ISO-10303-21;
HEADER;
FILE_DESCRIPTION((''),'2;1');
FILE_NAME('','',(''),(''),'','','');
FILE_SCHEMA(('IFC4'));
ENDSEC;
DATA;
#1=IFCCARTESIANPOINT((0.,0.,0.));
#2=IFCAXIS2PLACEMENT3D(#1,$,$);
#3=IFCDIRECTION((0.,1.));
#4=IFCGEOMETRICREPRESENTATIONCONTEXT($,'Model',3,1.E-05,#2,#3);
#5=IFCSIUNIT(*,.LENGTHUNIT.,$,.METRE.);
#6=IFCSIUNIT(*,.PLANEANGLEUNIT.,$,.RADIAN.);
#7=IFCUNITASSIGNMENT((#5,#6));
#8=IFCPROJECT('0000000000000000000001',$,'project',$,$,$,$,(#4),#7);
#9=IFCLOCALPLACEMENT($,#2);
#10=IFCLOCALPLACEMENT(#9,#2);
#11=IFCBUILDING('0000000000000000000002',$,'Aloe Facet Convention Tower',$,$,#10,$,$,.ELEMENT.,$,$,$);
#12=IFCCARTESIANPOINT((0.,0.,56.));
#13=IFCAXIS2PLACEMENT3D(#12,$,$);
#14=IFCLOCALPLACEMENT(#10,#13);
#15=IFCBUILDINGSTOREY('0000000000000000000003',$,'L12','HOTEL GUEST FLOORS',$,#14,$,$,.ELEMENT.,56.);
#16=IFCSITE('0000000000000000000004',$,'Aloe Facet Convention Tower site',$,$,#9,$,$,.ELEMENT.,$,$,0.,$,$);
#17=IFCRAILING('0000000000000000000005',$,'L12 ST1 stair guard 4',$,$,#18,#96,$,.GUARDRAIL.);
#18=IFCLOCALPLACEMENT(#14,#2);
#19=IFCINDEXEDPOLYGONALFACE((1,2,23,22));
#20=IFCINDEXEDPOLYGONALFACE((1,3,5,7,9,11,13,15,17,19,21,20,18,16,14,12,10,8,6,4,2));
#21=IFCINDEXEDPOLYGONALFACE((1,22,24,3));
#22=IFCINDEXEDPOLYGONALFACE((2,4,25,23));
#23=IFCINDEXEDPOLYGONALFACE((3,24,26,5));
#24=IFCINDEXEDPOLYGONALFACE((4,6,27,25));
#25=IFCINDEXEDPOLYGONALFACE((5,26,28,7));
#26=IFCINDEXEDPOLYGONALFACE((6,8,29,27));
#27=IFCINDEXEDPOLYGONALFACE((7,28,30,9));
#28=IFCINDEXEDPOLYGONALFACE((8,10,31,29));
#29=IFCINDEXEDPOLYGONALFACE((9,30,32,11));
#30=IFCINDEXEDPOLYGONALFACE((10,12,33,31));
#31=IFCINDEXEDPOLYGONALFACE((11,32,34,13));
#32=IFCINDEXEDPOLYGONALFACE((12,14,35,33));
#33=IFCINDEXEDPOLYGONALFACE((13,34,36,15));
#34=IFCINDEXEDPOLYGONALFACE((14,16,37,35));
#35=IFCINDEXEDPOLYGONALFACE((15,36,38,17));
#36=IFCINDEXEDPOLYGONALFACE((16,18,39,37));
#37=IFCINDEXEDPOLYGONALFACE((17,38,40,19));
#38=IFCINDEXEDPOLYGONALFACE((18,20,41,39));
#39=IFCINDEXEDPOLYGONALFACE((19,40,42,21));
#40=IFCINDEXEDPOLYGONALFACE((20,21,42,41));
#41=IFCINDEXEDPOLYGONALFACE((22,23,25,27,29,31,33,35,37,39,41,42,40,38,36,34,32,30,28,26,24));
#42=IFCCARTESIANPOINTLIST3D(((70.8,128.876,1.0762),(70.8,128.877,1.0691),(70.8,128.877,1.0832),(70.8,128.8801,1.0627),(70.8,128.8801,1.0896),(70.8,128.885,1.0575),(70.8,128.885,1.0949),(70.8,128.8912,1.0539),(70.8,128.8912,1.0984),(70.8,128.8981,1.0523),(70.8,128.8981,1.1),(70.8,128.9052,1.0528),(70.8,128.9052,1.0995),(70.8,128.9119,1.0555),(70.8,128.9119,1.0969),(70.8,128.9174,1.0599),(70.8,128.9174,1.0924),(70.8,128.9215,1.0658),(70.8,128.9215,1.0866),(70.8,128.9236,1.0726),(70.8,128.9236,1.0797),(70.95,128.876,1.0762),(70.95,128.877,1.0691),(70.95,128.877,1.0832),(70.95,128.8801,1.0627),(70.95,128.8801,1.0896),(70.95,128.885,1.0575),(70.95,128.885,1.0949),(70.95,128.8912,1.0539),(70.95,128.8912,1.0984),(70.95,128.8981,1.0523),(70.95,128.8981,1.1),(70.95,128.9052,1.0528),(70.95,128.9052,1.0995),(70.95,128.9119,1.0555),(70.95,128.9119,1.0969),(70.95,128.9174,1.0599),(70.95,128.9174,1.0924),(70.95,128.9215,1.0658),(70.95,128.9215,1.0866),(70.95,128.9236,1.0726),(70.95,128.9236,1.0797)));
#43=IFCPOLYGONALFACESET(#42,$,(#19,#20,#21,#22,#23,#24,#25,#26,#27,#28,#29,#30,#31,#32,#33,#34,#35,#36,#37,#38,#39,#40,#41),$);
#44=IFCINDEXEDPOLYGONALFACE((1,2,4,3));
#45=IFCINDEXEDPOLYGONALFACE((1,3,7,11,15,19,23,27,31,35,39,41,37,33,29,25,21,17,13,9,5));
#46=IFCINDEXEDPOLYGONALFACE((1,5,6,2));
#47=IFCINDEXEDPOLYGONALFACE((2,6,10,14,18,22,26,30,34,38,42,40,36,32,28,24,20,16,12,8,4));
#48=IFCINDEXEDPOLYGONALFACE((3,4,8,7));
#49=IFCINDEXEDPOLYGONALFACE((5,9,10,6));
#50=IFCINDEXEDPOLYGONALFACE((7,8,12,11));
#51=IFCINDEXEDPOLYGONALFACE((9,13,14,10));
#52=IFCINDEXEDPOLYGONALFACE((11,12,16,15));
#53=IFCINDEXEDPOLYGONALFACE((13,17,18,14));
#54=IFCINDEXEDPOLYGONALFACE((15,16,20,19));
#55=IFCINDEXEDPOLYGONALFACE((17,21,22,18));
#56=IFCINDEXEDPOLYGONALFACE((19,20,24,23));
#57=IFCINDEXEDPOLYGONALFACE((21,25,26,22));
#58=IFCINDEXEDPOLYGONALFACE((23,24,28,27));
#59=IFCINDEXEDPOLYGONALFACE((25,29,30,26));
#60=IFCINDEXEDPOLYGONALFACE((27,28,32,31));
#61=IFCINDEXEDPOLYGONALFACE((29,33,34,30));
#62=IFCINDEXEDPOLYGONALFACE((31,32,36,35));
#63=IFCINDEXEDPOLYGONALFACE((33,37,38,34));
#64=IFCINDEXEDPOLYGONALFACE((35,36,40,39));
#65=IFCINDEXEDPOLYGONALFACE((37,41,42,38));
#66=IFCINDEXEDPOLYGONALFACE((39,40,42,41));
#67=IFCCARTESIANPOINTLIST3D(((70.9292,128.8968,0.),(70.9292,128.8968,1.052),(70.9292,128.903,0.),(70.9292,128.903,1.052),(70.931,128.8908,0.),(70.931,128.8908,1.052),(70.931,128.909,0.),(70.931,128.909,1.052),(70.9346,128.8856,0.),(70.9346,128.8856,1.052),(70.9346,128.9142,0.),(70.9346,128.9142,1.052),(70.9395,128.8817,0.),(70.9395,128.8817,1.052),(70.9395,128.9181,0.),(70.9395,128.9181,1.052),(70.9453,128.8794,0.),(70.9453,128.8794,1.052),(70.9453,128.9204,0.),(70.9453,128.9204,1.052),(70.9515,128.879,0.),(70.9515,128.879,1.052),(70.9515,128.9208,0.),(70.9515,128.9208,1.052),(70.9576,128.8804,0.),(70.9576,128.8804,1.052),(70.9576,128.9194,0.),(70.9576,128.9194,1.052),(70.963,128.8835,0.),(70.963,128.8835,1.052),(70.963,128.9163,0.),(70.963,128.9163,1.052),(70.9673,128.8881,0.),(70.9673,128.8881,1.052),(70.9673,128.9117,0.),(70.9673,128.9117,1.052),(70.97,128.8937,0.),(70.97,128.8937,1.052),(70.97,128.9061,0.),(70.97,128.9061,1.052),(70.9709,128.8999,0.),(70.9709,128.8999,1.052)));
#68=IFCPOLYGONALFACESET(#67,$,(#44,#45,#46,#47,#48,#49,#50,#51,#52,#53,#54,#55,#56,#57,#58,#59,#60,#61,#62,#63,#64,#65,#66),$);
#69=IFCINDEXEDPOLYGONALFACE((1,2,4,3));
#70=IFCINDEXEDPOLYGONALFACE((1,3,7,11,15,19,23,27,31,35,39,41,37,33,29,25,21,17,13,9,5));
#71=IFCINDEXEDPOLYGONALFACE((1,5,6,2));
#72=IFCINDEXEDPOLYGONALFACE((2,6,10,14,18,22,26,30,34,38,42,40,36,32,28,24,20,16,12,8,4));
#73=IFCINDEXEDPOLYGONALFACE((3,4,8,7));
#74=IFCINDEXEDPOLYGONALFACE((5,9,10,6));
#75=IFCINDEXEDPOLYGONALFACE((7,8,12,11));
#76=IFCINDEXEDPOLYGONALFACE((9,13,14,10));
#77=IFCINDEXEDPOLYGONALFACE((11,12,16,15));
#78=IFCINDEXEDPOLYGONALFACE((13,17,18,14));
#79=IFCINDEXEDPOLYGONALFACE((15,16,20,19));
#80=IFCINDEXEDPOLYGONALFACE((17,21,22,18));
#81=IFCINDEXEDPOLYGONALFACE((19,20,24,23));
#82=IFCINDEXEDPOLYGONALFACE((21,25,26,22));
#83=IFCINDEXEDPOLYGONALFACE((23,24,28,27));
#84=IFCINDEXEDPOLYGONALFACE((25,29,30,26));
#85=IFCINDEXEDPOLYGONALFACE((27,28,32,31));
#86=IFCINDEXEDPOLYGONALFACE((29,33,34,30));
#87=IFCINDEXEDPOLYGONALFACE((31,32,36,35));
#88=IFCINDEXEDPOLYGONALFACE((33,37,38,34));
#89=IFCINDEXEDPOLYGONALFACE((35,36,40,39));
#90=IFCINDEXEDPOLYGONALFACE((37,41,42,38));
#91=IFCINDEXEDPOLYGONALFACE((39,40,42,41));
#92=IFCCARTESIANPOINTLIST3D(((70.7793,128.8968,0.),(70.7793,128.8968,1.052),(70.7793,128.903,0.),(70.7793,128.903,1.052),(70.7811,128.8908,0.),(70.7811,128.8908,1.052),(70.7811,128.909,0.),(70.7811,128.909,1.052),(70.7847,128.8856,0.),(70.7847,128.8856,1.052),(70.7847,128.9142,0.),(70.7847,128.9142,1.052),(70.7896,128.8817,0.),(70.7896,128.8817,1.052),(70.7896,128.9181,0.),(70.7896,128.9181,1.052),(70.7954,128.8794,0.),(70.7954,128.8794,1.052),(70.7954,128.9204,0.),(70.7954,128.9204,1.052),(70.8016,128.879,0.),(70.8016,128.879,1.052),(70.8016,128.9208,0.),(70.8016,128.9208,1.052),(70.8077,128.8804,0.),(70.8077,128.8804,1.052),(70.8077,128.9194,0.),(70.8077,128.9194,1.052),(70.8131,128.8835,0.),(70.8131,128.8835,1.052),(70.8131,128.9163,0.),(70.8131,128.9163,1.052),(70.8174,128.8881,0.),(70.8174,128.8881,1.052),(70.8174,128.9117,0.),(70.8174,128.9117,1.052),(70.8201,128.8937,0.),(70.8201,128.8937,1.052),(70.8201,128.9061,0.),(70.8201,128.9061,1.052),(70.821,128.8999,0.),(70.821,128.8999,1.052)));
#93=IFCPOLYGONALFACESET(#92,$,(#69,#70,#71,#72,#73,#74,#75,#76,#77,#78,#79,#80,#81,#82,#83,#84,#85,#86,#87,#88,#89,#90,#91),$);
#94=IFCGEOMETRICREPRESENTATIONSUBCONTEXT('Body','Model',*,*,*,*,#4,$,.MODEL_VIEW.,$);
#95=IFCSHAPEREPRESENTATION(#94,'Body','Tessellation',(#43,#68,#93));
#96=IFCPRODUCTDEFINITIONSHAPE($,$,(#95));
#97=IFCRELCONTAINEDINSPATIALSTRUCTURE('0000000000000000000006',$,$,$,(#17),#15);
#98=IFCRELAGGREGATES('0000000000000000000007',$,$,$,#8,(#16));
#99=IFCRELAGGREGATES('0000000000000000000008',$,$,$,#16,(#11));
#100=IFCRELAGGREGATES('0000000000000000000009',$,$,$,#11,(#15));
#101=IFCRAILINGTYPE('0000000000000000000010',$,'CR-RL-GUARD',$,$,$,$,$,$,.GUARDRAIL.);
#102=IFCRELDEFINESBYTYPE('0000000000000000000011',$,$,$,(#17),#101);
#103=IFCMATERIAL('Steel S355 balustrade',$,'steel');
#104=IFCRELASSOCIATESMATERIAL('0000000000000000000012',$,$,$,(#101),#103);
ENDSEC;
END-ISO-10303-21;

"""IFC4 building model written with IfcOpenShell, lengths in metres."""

from ifc_helpers import new_model, si_unit, direction, frame, origin, origin_2d, place, context, subcontext, project, spatial, circle, extrude, material, type_object, element, save


model = new_model("IFC4")

# Units and contexts
model_context = context("Model", 3, precision=1e-05, world=origin(), true_north=direction((0.0, 1.0)))
body_context = subcontext(model_context, "Body", "Model", "MODEL_VIEW")
ifc_project = project(units=[si_unit("LENGTHUNIT", "METRE"), si_unit("PLANEANGLEUNIT", "RADIAN")], contexts=[model_context])

# Site, building, storey
site_placement = place(None, origin())
site = spatial("IfcSite", under=ifc_project, at=site_placement, Name="Aloe Facet Convention Tower site", CompositionType="ELEMENT", RefElevation=0.0)
building_placement = place(site_placement, origin())
building = spatial("IfcBuilding", under=site, at=building_placement, Name="Aloe Facet Convention Tower", CompositionType="ELEMENT")
storey_placement = place(building_placement, frame((0.0, 0.0, 56.0)))
storey = spatial("IfcBuildingStorey", under=building, at=storey_placement, Name="L12", Description="HOTEL GUEST FLOORS", CompositionType="ELEMENT", Elevation=56.0)

# Railing
ifc_material_1 = material(Name="Steel S355 balustrade", Category="steel")
railing_type_1 = type_object("IfcRailingType", Name="CR-RL-GUARD", PredefinedType="GUARDRAIL", material=ifc_material_1)
railing_1_placement = place(storey_placement, frame((70.95, 128.8999, 0.0)))
element("IfcRailing", 1, at=railing_1_placement, inside=storey, type_object=railing_type_1, Name="L12 ST1 stair guard 4", PredefinedType="GUARDRAIL", context=body_context, shape_type="SweptSolid", body=[
    extrude(circle(Radius=0.0239, at=origin_2d()), frame((0.0, 0.0, 1.0762), z_axis=(-1.0, 0.0, 0.0), x_axis=(0.0, -1.0, 0.0)), (0.0, 0.0, 1.0), 0.1499),
    extrude(circle(Radius=0.021, at=origin_2d()), origin(), (0.0, 0.0, 1.0), 1.052),
    extrude(circle(Radius=0.021, at=origin_2d()), frame((-0.1499, 0.0, 0.0)), (0.0, 0.0, 1.0), 1.052),
])

save(model, "model.ifc")
